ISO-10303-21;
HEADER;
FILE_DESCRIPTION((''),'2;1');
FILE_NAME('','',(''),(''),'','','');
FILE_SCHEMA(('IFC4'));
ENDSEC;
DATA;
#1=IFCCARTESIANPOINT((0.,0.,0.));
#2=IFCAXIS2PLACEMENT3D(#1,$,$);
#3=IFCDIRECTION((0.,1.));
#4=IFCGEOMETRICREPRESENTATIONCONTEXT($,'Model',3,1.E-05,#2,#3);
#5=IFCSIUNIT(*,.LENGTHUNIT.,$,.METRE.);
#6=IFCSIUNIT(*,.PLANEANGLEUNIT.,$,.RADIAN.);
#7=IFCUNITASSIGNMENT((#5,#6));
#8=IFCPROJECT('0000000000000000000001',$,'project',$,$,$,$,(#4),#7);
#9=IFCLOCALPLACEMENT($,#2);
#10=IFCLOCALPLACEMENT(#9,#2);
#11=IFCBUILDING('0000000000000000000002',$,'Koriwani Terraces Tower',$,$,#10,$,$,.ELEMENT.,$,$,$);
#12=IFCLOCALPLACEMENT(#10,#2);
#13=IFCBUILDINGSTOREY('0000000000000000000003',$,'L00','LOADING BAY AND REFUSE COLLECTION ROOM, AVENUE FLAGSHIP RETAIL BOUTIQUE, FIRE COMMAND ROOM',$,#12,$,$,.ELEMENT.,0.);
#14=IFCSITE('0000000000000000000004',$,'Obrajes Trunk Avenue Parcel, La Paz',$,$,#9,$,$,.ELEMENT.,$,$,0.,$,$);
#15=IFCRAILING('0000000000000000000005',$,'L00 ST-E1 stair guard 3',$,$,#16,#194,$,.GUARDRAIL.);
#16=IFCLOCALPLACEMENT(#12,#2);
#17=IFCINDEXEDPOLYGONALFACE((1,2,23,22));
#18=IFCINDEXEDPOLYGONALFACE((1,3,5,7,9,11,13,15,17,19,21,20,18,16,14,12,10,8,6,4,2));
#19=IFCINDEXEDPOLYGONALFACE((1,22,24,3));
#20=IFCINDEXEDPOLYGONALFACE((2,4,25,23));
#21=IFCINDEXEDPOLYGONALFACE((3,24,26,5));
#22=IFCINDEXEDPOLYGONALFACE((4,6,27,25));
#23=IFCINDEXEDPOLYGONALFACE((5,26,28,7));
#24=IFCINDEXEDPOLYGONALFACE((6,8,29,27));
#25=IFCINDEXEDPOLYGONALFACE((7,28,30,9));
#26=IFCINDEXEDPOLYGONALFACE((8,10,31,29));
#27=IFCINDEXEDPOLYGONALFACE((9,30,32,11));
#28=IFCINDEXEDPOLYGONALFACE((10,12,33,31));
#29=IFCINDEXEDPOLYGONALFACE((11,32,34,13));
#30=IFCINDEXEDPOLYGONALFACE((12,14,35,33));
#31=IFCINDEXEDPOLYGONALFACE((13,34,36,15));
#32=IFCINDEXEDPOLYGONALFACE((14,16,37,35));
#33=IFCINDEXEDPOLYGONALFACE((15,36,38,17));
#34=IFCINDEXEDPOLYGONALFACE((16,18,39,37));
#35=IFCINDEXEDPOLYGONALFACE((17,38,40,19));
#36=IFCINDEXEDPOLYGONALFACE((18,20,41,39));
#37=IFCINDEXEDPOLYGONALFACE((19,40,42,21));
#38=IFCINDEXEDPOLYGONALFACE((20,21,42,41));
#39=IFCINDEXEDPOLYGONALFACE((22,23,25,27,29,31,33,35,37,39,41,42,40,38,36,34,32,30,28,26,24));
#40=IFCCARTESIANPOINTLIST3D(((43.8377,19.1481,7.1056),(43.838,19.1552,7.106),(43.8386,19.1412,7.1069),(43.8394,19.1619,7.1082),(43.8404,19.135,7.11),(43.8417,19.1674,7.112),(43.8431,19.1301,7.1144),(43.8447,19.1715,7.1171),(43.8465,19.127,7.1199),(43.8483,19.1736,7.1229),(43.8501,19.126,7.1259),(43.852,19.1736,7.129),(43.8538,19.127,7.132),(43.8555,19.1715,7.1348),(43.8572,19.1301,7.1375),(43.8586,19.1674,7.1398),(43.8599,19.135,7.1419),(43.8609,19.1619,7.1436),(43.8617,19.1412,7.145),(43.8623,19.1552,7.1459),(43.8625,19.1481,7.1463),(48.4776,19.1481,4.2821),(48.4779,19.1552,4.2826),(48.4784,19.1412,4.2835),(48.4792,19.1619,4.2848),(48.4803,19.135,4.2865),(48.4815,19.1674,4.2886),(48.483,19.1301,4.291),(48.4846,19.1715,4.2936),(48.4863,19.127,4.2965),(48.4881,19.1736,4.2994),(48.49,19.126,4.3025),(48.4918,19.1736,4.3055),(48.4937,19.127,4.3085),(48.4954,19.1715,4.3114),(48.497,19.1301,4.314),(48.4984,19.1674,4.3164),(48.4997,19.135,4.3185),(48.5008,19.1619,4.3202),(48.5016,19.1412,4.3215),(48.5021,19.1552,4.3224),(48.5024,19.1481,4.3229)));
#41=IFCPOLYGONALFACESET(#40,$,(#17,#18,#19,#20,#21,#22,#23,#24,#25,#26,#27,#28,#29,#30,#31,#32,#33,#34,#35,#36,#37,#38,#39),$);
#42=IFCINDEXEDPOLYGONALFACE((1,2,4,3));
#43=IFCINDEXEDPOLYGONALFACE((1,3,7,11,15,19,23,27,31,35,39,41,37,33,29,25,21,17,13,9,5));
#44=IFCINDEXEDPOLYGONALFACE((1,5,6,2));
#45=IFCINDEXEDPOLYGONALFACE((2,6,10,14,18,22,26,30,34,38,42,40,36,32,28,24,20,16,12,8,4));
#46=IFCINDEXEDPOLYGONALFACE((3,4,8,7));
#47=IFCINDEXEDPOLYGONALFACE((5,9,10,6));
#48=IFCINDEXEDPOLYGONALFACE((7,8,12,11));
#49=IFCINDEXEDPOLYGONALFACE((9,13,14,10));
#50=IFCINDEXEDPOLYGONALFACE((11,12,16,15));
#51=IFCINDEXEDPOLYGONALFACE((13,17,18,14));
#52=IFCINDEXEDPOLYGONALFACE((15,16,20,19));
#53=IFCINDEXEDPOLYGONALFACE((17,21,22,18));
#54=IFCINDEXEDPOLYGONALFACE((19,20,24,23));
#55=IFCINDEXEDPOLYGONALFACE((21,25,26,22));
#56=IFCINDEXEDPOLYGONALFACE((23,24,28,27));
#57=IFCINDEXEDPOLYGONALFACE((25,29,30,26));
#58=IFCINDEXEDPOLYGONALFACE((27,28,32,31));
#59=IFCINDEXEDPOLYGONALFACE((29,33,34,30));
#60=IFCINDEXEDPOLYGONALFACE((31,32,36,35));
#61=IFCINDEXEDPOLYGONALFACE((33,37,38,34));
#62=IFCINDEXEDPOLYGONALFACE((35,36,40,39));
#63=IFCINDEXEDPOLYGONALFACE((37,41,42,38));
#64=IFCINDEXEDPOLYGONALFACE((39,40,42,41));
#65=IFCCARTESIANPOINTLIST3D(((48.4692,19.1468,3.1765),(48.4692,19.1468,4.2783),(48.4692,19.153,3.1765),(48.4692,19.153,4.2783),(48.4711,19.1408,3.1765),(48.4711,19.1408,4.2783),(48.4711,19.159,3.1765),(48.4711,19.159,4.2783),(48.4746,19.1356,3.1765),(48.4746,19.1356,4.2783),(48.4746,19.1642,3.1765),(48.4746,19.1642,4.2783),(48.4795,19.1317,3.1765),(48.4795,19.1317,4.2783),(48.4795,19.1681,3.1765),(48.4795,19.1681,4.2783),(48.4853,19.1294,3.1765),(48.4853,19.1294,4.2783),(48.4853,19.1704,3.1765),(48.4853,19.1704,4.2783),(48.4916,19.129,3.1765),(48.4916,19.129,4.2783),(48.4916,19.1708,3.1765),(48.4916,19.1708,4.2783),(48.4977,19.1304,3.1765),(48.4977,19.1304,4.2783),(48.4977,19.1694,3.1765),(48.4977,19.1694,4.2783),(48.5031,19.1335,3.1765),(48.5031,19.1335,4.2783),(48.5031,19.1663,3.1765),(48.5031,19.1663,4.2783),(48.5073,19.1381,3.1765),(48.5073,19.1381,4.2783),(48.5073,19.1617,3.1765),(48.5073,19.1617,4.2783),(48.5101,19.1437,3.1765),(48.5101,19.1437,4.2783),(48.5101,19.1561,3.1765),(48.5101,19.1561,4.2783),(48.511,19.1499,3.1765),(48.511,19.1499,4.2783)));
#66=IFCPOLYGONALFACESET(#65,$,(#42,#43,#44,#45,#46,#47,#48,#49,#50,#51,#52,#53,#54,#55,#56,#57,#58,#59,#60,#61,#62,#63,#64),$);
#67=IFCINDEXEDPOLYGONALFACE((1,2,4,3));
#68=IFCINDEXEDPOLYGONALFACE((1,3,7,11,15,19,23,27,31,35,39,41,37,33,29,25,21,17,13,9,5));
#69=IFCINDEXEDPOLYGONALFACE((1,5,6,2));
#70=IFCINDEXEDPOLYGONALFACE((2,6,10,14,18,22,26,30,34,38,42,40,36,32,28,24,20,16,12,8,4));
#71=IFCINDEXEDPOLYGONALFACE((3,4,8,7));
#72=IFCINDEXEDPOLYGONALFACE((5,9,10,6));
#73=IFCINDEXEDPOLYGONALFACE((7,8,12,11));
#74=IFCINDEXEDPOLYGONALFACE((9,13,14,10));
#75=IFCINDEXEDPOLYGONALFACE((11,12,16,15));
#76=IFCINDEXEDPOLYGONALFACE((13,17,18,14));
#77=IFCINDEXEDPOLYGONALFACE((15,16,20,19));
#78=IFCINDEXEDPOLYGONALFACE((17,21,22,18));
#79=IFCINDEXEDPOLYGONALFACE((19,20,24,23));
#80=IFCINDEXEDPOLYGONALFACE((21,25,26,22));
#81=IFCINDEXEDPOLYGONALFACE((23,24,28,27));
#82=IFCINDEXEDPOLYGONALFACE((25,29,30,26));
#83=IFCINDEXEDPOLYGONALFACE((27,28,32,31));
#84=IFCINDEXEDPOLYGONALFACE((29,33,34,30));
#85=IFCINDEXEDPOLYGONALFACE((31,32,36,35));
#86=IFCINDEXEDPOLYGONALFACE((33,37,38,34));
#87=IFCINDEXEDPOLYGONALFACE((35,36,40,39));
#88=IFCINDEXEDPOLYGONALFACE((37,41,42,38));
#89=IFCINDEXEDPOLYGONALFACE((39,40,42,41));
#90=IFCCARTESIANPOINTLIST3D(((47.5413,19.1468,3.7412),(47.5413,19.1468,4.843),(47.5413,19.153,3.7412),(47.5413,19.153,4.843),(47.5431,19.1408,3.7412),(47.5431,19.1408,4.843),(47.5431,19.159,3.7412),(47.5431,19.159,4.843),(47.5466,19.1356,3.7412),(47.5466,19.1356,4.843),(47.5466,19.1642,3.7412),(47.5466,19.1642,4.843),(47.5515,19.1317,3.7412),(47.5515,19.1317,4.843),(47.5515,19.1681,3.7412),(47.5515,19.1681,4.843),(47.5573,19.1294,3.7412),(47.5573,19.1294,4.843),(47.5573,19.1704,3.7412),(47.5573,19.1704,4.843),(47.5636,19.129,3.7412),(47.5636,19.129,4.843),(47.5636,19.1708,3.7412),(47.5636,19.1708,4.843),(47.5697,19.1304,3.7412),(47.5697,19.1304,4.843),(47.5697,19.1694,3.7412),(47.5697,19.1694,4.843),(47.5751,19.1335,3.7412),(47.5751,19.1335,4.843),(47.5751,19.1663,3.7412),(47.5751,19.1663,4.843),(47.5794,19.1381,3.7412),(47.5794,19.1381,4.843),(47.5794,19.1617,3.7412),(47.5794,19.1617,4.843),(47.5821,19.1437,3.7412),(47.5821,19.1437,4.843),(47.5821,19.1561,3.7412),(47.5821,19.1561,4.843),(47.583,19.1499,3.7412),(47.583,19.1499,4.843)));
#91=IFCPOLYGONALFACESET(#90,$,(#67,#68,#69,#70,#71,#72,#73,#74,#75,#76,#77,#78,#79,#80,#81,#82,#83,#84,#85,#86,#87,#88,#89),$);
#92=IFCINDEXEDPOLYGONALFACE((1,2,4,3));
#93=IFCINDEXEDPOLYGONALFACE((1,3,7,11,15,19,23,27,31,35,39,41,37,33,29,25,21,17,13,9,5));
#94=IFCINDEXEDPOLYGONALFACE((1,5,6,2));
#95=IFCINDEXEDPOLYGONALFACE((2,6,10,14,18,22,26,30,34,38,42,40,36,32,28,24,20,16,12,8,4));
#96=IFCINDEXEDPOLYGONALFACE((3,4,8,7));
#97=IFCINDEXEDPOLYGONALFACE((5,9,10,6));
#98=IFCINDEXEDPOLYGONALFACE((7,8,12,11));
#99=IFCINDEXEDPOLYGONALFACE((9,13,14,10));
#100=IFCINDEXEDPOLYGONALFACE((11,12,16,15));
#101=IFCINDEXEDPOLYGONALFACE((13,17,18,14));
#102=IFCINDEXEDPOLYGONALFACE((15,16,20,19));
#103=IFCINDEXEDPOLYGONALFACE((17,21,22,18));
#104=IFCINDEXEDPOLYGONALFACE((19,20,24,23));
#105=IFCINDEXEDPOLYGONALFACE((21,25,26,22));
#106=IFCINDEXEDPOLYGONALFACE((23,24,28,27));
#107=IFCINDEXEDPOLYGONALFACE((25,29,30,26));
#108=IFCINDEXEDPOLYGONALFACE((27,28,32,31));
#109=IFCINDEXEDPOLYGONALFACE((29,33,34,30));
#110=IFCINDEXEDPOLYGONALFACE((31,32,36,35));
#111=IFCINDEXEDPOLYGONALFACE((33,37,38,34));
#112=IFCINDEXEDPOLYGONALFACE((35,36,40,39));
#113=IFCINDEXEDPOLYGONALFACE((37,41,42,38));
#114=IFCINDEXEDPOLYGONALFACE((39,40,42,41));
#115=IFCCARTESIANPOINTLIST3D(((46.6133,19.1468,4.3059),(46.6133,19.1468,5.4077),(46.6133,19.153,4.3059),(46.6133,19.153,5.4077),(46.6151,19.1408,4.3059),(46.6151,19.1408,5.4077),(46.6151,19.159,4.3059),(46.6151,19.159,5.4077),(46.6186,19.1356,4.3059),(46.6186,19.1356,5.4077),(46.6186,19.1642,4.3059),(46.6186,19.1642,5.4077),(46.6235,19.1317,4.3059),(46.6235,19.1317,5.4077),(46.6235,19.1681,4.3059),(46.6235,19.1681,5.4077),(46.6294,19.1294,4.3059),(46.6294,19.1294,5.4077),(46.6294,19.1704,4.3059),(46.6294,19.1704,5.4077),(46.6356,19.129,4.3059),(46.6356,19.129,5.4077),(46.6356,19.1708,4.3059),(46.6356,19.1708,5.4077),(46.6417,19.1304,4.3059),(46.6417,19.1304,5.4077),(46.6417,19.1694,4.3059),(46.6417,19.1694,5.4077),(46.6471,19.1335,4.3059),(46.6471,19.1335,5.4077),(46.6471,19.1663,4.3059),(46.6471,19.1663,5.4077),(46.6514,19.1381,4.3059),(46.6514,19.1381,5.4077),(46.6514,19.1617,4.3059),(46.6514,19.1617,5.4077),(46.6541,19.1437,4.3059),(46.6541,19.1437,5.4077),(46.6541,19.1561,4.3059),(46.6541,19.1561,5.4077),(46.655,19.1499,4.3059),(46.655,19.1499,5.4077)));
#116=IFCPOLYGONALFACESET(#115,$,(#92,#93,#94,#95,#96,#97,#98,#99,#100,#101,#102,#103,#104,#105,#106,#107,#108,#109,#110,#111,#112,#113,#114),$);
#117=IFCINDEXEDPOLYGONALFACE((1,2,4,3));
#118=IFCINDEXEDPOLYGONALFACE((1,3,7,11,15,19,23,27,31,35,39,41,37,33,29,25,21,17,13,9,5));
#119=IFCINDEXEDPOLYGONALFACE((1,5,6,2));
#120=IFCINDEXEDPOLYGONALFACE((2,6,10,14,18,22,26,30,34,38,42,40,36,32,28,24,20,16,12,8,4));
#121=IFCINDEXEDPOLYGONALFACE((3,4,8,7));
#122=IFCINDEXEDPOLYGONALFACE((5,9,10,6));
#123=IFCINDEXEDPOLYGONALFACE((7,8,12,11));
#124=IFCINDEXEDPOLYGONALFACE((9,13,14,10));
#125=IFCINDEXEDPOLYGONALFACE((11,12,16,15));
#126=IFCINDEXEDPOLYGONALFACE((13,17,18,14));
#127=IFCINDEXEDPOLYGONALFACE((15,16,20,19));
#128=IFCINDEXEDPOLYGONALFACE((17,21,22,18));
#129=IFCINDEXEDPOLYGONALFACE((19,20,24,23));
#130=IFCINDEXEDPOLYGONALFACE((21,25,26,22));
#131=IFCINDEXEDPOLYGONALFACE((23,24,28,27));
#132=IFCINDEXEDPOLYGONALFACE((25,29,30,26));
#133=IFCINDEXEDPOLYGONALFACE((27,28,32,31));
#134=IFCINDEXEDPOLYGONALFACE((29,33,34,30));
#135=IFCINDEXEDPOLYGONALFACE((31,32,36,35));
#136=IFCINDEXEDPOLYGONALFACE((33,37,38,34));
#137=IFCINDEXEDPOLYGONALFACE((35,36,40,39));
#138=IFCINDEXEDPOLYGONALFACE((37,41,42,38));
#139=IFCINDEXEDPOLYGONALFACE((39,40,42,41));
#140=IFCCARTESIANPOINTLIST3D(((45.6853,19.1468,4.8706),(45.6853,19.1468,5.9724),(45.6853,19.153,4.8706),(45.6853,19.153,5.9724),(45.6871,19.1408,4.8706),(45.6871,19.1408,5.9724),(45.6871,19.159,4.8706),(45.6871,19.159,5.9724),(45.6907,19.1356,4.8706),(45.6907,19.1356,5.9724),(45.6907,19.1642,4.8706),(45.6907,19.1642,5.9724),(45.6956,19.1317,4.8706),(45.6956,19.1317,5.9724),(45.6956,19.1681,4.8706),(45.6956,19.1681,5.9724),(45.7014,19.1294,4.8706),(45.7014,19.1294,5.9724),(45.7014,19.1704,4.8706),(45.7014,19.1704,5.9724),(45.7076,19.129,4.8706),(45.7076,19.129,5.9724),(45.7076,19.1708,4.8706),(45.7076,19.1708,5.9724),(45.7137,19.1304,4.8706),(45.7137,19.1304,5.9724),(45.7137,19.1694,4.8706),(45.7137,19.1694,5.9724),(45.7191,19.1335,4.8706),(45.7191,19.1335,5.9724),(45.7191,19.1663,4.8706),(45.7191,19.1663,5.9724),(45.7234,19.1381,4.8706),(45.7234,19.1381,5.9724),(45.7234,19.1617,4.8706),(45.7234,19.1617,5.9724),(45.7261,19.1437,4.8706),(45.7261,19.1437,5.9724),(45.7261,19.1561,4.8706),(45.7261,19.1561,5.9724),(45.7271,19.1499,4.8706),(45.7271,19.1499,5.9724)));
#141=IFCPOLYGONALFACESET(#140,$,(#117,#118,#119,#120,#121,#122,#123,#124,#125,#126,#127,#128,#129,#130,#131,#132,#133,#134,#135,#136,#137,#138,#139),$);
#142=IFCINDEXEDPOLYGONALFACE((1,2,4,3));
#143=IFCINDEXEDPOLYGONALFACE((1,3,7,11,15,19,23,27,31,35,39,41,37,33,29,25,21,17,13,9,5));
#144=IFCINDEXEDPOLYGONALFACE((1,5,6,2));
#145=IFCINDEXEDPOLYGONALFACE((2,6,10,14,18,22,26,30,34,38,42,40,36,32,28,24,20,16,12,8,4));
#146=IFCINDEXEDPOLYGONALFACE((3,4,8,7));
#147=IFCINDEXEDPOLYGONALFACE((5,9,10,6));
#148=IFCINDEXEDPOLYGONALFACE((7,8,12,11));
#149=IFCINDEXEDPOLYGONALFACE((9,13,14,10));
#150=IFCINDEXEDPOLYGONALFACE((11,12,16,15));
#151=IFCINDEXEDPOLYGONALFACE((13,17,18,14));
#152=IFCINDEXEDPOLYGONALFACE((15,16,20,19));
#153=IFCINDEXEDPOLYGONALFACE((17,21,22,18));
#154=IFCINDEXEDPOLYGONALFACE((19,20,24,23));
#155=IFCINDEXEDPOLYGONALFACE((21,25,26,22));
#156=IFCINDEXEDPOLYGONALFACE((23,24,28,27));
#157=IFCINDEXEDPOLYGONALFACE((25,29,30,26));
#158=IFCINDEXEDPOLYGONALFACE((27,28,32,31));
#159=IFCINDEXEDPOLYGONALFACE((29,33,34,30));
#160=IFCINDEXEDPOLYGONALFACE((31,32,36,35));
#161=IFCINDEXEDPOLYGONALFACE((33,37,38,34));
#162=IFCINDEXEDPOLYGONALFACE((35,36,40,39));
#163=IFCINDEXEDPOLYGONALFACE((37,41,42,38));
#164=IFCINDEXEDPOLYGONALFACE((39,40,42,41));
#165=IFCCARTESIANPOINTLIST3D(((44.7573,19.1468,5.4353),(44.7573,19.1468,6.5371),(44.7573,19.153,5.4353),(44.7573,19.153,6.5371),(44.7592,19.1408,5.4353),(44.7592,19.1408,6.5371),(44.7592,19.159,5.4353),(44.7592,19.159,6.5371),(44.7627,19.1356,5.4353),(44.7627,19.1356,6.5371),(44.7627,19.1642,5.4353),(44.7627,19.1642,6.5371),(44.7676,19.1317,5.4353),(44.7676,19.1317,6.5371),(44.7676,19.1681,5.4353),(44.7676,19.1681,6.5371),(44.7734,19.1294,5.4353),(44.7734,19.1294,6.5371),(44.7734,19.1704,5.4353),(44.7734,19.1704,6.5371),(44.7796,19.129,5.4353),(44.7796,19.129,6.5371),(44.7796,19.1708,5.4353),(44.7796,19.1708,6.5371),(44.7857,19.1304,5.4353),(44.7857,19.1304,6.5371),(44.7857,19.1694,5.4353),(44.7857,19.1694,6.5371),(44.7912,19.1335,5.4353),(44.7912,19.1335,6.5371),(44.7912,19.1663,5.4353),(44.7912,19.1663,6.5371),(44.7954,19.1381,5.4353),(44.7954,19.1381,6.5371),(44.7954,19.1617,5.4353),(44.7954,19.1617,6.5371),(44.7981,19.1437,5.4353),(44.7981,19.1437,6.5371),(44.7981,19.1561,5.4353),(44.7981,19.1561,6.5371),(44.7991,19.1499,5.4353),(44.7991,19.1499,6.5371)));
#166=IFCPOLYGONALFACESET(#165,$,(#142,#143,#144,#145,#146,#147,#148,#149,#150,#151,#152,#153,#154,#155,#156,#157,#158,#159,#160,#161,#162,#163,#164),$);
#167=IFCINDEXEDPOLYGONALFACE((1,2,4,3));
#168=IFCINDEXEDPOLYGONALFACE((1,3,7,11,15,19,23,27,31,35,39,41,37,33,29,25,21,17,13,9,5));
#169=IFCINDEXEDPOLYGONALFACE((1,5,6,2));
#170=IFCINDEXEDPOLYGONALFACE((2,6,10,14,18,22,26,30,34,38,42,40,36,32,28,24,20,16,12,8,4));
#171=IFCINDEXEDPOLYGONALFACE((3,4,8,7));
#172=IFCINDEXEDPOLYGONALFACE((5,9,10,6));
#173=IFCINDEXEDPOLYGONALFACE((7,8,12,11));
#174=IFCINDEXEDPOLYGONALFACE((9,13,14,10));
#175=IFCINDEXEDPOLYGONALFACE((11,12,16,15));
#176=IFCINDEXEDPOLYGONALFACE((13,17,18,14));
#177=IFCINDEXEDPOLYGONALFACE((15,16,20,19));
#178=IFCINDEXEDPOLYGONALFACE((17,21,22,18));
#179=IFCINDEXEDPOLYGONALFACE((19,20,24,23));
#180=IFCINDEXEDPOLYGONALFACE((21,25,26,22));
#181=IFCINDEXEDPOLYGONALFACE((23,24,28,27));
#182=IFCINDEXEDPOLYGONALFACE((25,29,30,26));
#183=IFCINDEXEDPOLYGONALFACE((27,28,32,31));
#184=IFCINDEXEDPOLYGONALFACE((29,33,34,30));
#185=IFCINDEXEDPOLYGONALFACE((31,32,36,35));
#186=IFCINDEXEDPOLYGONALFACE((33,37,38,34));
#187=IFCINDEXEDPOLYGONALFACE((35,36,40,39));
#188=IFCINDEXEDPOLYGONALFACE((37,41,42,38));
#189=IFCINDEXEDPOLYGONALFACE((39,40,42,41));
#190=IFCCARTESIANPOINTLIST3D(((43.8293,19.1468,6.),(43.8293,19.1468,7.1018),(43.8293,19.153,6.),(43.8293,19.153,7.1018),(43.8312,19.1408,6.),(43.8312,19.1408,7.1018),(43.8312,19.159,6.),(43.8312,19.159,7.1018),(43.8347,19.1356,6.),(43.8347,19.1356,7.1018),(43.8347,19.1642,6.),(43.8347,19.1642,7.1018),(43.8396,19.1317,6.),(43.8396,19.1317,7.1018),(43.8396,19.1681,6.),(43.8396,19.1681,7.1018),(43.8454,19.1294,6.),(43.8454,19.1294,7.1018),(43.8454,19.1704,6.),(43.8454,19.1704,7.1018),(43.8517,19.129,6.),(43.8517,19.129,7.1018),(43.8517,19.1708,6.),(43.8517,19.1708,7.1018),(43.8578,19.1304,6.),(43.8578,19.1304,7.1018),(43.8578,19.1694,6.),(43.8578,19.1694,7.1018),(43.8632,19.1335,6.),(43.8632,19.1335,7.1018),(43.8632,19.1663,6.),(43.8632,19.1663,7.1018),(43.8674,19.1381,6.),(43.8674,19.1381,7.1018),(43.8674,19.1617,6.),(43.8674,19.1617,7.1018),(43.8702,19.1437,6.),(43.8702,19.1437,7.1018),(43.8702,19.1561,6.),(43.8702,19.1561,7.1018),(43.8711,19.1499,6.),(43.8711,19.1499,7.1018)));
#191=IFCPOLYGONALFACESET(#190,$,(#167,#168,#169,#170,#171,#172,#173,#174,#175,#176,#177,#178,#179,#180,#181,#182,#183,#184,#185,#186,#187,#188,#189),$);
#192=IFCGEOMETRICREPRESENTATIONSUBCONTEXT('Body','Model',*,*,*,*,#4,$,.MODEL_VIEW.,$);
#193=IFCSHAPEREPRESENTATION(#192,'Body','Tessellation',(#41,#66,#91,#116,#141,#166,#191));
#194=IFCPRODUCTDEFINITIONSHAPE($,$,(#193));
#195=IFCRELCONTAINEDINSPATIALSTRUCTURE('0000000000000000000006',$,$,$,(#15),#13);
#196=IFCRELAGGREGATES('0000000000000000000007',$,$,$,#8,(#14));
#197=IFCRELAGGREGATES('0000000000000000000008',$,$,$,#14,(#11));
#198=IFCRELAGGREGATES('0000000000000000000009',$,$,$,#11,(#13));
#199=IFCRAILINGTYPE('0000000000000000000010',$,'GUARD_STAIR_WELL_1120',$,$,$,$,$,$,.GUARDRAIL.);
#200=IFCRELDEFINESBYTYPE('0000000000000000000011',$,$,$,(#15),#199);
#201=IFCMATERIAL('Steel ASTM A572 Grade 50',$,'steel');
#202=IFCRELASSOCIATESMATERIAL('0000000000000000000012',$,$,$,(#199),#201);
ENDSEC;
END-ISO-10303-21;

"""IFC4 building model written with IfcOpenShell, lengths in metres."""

from ifc_helpers import new_model, si_unit, direction, frame, origin, origin_2d, place, context, subcontext, project, spatial, circle, extrude, material, type_object, element, save


model = new_model("IFC4")

# Units and contexts
model_context = context("Model", 3, precision=1e-05, world=origin(), true_north=direction((0.0, 1.0)))
body_context = subcontext(model_context, "Body", "Model", "MODEL_VIEW")
ifc_project = project(units=[si_unit("LENGTHUNIT", "METRE"), si_unit("PLANEANGLEUNIT", "RADIAN")], contexts=[model_context])

# Site, building, storey
site_placement = place(None, origin())
site = spatial("IfcSite", under=ifc_project, at=site_placement, Name="Obrajes Trunk Avenue Parcel, La Paz", CompositionType="ELEMENT", RefElevation=0.0)
building_placement = place(site_placement, origin())
building = spatial("IfcBuilding", under=site, at=building_placement, Name="Koriwani Terraces Tower", CompositionType="ELEMENT")
storey_placement = place(building_placement, origin())
storey = spatial("IfcBuildingStorey", under=building, at=storey_placement, Name="L00", Description="LOADING BAY AND REFUSE COLLECTION ROOM, AVENUE FLAGSHIP RETAIL BOUTIQUE, FIRE COMMAND ROOM", CompositionType="ELEMENT", Elevation=0.0)

# Shared definitions
ifc_material_1 = material(Name="Steel ASTM A572 Grade 50", Category="steel")

# Railing
railing_type_1 = type_object("IfcRailingType", Name="GUARD_STAIR_WELL_1120", PredefinedType="GUARDRAIL", material=ifc_material_1)
railing_1_placement = place(storey_placement, frame((48.49, 19.1499, 3.1765)))
element("IfcRailing", 1, at=railing_1_placement, inside=storey, type_object=railing_type_1, Name="L00 ST-E1 stair guard 3", PredefinedType="GUARDRAIL", context=body_context, shape_type="SweptSolid", body=[
    extrude(circle(Radius=0.0239, at=origin_2d()), frame((0.0, 0.0, 1.126), z_axis=(-0.854264, 0.0, 0.51984), x_axis=(0.0, -1.0, 0.0)), (0.0, 0.0, 1.0), 5.4314),
    extrude(circle(Radius=0.021, at=origin_2d()), origin(), (0.0, 0.0, 1.0), 1.1018),
    extrude(circle(Radius=0.021, at=origin_2d()), frame((-0.928, 0.0, 0.5647)), (0.0, 0.0, 1.0), 1.1018),
    extrude(circle(Radius=0.021, at=origin_2d()), frame((-1.856, 0.0, 1.1294)), (0.0, 0.0, 1.0), 1.1018),
    extrude(circle(Radius=0.021, at=origin_2d()), frame((-2.7839, 0.0, 1.6941)), (0.0, 0.0, 1.0), 1.1018),
    extrude(circle(Radius=0.021, at=origin_2d()), frame((-3.7119, 0.0, 2.2588)), (0.0, 0.0, 1.0), 1.1018),
    extrude(circle(Radius=0.021, at=origin_2d()), frame((-4.6399, 0.0, 2.8235)), (0.0, 0.0, 1.0), 1.1018),
])

save(model, "model.ifc")
